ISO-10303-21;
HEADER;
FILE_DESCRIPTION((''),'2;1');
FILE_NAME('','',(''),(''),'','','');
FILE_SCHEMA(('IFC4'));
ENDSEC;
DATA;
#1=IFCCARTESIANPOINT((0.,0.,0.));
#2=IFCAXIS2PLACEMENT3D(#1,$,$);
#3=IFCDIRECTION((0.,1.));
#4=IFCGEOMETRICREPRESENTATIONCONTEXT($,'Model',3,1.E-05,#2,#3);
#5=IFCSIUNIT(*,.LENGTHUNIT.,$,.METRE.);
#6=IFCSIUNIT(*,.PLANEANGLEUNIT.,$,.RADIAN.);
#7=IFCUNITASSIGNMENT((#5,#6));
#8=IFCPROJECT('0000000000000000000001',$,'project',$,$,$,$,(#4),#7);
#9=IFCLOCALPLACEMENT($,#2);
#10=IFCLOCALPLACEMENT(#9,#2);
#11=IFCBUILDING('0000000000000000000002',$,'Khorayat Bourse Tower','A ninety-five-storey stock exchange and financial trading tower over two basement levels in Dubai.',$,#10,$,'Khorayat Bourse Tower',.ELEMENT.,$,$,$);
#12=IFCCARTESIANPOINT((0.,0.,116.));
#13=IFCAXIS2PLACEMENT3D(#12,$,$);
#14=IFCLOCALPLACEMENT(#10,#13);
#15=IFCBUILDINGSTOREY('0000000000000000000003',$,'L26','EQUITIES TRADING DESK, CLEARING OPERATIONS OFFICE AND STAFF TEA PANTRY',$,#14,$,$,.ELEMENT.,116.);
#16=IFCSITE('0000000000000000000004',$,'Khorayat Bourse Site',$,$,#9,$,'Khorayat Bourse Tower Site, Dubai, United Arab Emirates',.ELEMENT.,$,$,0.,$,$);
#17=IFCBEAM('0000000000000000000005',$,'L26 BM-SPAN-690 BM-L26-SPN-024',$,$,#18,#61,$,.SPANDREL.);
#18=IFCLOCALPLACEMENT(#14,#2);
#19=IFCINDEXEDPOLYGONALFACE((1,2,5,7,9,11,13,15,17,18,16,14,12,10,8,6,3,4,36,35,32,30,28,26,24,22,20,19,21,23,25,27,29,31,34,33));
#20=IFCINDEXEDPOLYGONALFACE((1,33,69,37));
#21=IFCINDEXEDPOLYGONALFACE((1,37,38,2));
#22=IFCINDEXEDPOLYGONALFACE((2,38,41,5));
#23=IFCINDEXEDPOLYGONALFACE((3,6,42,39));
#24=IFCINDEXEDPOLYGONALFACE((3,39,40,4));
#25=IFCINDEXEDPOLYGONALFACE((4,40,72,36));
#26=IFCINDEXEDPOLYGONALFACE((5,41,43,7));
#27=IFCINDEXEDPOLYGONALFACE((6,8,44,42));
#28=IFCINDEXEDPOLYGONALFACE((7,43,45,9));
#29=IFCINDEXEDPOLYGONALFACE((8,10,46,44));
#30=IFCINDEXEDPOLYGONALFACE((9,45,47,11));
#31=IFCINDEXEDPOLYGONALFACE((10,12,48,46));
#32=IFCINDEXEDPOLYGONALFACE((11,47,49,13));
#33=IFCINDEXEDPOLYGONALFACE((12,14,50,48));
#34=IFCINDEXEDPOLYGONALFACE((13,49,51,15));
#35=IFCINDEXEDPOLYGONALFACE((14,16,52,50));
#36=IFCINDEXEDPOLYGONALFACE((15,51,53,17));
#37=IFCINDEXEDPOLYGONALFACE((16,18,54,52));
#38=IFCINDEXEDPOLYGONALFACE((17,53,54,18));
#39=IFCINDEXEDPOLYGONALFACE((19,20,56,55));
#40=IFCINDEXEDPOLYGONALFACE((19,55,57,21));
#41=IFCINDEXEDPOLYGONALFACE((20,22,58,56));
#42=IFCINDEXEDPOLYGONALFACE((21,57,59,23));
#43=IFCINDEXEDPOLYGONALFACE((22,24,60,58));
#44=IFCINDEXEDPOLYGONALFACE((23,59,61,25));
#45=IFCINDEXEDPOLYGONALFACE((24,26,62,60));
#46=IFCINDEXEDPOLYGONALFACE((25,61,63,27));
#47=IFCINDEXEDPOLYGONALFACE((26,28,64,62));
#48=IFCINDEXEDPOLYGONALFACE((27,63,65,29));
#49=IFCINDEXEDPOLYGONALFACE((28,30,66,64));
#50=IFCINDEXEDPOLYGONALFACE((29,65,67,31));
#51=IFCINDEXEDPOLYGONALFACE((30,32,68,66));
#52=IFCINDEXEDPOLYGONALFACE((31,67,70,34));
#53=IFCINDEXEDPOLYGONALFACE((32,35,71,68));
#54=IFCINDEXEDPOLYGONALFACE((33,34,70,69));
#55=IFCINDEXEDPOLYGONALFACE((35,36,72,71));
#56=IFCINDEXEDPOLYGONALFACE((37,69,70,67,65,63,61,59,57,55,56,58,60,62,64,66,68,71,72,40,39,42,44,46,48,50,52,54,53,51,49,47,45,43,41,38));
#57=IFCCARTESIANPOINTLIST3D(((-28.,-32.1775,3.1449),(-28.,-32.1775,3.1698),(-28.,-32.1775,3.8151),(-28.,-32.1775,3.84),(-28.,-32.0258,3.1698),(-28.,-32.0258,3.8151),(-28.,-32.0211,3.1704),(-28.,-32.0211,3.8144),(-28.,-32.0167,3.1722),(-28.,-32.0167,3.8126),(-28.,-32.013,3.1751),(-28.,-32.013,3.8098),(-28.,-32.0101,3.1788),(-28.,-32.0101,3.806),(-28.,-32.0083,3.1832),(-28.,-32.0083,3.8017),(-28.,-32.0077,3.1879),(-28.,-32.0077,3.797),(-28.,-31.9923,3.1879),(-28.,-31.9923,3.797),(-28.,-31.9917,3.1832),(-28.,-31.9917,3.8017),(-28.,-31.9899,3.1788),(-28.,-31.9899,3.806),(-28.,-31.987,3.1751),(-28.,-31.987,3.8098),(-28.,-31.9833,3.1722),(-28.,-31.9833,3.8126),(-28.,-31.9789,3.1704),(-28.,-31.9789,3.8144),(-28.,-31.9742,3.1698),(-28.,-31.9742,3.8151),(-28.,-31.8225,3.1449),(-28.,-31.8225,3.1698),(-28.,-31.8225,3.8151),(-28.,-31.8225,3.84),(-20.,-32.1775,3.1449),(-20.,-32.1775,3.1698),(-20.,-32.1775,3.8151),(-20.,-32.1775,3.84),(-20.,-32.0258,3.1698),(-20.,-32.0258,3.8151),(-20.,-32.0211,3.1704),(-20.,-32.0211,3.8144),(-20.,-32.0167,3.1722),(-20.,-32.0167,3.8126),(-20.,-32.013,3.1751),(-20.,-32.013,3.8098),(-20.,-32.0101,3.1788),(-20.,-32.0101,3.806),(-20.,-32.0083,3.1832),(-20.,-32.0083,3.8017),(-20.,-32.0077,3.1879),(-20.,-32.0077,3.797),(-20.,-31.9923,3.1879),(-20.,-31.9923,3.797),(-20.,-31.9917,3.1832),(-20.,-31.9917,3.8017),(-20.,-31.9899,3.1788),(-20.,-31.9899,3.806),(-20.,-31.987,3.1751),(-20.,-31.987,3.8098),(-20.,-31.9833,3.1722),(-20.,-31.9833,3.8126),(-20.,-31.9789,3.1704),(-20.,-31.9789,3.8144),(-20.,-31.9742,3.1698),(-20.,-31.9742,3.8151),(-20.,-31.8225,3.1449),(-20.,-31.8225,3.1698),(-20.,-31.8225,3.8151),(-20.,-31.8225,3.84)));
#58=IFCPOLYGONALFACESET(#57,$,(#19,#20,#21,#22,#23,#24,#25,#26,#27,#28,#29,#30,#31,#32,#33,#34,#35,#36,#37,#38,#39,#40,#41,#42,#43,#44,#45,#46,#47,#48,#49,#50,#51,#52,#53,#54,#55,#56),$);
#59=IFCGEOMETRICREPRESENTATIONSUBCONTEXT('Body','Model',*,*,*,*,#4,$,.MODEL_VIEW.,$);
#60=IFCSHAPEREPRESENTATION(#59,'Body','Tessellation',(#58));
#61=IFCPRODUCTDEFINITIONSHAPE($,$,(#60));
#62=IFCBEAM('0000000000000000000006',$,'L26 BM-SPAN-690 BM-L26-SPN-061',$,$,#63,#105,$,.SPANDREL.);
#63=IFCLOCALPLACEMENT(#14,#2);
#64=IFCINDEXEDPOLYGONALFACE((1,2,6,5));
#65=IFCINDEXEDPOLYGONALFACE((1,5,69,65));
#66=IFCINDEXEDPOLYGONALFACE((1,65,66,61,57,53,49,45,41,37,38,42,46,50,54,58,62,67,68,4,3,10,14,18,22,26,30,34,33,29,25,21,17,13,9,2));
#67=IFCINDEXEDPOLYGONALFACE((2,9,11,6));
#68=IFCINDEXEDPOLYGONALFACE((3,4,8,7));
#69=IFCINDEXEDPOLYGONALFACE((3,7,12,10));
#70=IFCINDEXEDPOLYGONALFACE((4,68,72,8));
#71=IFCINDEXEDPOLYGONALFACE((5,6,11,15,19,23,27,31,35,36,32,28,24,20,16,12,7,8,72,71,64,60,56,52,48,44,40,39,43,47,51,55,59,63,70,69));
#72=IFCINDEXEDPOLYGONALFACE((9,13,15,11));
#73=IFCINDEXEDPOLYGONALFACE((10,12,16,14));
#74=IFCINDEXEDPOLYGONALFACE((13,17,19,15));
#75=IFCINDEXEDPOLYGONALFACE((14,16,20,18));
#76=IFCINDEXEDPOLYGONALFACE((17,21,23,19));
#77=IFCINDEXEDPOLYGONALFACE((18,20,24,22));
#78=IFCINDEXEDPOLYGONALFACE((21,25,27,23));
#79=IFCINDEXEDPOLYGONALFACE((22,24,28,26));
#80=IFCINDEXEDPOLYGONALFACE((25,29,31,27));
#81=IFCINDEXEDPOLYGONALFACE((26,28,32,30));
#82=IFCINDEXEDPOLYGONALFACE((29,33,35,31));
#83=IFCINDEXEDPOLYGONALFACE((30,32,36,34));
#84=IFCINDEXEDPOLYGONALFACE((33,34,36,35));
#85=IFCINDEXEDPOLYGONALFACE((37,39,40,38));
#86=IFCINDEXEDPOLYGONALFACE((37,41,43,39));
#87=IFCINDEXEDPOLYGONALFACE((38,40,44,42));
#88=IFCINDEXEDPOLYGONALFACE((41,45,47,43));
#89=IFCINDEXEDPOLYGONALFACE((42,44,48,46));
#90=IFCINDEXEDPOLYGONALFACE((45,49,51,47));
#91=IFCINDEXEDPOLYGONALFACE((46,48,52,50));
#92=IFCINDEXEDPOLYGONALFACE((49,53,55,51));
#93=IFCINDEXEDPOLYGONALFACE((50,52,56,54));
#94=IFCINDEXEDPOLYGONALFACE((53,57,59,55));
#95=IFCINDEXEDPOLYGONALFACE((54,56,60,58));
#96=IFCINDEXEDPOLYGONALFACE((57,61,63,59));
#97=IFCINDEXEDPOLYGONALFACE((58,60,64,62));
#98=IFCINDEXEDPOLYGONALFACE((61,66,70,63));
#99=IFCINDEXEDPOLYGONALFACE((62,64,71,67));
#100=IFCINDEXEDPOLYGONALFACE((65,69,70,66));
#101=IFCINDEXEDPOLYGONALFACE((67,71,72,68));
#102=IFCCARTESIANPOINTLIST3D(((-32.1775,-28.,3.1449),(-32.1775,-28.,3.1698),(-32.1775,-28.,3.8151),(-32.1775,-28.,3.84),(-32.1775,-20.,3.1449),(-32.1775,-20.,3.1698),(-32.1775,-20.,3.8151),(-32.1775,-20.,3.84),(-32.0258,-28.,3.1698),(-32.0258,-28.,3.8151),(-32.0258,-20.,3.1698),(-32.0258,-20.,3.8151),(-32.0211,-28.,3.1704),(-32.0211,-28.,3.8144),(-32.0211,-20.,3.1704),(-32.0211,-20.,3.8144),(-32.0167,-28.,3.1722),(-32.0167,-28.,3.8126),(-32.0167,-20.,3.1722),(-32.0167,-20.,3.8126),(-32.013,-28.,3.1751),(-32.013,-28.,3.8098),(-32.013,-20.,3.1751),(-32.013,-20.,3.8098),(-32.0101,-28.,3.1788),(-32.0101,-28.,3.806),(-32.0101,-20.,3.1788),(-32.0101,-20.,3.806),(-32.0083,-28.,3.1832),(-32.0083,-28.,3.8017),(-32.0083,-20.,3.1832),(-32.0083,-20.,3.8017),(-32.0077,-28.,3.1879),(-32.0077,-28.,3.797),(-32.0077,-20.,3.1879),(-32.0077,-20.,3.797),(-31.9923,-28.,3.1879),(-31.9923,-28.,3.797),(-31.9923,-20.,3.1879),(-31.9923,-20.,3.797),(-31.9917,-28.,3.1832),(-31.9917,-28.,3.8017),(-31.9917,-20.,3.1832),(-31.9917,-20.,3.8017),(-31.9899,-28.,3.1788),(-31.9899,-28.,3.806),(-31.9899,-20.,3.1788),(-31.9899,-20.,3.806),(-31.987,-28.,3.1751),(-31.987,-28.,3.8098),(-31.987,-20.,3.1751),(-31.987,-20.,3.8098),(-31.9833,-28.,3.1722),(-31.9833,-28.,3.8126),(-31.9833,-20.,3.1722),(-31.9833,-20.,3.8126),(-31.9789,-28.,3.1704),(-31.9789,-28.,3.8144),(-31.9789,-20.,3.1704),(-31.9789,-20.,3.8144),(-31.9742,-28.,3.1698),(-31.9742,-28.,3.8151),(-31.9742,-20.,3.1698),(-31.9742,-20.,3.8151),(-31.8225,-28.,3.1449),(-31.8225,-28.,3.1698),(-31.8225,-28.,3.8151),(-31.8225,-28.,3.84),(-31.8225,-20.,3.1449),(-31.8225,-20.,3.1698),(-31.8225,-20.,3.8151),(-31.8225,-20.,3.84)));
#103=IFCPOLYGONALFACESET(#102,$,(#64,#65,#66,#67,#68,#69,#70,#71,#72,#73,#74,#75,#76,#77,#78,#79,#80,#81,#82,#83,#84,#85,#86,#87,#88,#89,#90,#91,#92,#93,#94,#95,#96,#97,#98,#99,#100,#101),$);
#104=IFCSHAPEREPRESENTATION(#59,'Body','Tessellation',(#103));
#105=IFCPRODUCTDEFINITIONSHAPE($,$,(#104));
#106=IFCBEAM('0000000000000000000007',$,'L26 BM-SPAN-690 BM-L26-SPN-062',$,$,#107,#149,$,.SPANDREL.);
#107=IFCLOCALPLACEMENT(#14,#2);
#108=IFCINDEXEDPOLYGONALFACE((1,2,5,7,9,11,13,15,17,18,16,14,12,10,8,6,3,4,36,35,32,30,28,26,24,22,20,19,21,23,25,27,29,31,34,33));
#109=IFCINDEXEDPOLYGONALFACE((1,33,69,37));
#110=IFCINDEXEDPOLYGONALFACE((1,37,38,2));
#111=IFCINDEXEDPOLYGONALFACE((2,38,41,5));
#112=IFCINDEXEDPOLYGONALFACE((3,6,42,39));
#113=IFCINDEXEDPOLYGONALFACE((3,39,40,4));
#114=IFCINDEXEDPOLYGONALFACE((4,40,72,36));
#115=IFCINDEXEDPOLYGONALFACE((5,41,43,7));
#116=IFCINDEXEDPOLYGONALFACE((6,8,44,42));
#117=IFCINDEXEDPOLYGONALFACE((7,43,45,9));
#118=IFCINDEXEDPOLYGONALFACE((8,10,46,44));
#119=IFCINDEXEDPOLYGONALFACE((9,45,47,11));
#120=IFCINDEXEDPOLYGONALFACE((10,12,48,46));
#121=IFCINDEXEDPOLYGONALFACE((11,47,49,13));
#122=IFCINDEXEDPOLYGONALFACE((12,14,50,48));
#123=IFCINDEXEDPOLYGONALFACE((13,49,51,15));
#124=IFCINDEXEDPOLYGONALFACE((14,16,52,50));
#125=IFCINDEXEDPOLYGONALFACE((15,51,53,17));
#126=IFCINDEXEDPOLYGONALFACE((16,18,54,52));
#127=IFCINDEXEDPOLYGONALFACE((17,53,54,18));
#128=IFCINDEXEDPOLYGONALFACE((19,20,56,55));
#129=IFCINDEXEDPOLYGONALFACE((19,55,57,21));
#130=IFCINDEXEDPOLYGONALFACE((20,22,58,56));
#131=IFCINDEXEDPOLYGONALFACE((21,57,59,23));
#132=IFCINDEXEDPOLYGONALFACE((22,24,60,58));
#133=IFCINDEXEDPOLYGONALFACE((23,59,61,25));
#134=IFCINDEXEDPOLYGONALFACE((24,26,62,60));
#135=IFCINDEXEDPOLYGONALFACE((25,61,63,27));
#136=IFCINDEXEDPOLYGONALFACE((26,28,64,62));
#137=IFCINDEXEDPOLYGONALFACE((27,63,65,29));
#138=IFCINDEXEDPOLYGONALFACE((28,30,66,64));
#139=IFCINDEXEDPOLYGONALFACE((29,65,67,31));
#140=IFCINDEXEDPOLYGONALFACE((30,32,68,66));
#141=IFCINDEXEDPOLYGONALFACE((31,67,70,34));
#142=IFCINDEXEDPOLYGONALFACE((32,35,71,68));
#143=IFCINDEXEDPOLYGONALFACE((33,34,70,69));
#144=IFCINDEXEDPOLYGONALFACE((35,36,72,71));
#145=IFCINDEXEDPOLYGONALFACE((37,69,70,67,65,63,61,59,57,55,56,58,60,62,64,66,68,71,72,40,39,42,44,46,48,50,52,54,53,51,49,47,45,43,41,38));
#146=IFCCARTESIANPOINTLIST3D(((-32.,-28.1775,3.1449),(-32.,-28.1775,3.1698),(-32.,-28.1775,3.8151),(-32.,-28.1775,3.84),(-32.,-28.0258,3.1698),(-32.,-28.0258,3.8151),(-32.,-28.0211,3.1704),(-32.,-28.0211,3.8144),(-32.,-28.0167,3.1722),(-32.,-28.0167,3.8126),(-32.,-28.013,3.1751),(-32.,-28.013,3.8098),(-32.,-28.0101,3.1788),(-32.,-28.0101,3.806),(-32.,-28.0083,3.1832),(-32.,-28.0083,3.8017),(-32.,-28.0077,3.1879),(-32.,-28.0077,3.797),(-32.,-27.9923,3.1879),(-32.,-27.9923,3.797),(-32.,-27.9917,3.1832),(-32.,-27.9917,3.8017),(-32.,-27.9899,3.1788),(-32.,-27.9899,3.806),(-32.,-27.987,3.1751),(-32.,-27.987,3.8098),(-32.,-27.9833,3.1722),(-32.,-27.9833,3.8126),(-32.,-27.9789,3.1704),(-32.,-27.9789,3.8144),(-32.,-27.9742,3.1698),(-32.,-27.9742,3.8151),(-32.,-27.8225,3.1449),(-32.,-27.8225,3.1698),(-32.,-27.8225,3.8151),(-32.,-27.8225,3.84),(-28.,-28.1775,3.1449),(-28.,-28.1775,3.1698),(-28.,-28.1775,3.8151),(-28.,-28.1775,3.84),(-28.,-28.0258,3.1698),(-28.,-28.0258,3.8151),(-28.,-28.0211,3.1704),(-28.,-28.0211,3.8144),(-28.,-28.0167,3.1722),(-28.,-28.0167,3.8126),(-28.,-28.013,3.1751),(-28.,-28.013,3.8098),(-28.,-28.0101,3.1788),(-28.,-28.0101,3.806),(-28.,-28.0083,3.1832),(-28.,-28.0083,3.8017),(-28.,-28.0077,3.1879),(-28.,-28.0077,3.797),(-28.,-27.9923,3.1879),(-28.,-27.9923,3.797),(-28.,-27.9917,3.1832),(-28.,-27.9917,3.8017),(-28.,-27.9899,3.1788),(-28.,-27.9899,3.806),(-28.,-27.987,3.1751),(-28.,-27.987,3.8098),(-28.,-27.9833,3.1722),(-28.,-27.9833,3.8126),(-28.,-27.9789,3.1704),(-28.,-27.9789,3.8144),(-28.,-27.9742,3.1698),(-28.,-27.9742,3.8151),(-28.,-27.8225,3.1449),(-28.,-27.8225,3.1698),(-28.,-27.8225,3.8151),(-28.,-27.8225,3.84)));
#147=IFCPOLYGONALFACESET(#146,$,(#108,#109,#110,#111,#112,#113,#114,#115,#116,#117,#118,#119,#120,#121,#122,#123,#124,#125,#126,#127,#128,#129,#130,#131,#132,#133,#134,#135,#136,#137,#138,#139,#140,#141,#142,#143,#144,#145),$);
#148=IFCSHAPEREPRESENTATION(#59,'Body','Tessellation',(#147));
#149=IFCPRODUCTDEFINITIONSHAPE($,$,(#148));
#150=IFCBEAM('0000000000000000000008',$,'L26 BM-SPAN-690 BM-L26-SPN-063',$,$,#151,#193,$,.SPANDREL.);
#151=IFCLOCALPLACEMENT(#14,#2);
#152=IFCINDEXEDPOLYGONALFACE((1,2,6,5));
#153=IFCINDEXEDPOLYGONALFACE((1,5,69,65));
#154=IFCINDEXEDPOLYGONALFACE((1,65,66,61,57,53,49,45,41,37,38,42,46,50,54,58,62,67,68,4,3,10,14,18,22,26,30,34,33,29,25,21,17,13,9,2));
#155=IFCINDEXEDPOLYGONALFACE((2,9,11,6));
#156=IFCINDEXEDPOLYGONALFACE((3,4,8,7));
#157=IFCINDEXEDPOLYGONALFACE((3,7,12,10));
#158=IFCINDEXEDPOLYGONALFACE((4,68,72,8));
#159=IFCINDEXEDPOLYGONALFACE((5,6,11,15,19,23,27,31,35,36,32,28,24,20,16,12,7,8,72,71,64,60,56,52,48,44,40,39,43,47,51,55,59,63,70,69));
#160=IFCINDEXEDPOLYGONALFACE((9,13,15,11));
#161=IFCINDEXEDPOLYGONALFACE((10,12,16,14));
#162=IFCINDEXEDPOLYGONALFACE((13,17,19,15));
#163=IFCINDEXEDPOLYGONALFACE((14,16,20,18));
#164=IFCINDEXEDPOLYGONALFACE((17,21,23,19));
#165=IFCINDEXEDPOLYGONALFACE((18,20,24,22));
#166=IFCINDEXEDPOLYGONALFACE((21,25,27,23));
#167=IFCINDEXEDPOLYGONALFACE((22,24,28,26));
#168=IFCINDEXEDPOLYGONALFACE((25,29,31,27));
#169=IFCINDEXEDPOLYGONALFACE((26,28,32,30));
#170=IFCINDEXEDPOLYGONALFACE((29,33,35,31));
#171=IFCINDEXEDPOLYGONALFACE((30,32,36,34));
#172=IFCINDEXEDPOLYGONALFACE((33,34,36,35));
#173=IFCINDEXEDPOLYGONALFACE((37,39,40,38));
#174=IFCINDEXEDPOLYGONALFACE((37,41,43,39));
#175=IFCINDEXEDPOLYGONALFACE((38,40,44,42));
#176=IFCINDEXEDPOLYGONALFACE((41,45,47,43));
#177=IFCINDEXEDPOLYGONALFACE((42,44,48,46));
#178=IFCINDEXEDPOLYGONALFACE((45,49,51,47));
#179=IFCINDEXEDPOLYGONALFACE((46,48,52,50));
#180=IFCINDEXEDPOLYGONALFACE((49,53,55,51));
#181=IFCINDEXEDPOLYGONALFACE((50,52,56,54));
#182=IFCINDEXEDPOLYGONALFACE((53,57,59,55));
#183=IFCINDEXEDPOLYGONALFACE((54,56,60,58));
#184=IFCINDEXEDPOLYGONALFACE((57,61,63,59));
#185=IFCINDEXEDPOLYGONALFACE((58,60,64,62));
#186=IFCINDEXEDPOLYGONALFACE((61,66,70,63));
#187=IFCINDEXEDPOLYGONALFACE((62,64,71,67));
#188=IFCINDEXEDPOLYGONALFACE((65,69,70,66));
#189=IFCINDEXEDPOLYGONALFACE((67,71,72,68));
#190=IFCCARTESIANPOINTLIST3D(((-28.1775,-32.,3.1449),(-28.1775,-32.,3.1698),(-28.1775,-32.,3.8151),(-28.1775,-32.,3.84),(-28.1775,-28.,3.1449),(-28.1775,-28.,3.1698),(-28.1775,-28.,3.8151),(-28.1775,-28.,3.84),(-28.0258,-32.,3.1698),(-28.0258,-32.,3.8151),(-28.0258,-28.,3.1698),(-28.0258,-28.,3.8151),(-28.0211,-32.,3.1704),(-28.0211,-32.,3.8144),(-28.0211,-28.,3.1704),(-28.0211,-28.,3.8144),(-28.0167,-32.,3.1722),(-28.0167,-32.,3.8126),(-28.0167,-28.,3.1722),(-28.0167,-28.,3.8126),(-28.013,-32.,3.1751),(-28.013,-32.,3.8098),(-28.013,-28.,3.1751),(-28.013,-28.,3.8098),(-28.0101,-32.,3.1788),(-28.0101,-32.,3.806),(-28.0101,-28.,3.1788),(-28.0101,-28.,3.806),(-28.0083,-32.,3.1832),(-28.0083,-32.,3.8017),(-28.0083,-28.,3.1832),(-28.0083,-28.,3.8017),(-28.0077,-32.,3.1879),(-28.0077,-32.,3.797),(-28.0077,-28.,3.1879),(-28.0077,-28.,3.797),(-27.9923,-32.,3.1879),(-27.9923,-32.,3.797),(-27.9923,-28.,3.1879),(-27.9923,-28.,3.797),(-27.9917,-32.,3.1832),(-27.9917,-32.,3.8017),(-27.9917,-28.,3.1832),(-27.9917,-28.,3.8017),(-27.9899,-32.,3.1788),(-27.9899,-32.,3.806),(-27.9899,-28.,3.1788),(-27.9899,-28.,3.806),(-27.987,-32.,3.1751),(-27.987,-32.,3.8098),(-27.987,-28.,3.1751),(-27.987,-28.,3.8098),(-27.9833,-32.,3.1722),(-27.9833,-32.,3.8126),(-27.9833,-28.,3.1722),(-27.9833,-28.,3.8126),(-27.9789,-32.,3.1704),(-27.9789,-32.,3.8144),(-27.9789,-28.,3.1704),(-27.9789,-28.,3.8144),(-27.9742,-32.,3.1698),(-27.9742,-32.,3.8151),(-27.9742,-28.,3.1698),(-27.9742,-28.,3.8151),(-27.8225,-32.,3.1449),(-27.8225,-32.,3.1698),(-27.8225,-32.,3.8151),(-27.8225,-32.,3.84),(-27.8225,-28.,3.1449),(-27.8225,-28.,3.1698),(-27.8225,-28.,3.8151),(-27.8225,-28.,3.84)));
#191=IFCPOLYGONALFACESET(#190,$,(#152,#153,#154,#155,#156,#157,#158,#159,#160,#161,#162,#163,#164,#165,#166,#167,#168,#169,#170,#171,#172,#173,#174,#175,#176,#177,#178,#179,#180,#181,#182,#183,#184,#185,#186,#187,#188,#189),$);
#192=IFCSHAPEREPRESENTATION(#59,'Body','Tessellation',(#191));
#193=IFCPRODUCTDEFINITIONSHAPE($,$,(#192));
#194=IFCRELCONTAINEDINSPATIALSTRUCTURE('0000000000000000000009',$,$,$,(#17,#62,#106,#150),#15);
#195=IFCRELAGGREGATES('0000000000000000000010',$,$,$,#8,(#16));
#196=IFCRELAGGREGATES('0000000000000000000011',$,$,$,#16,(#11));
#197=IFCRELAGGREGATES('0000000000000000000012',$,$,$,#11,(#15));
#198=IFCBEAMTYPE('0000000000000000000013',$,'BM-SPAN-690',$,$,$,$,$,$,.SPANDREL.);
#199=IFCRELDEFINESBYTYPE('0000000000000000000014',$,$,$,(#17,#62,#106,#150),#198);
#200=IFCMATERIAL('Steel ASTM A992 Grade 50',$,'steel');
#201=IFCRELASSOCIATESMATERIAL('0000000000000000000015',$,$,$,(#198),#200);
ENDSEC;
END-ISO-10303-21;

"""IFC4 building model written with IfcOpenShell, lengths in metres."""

from ifc_helpers import new_model, si_unit, direction, frame, origin, origin_2d, place, context, subcontext, project, spatial, i_section, extrude, source, transform, mapped, material, material_profile, profile_set, type_object, element, save


model = new_model("IFC4")

# Units and contexts
model_context = context("Model", 3, precision=1e-05, world=origin(), true_north=direction((0.0, 1.0)))
body_context = subcontext(model_context, "Body", "Model", "MODEL_VIEW")
ifc_project = project(units=[si_unit("LENGTHUNIT", "METRE"), si_unit("PLANEANGLEUNIT", "RADIAN")], contexts=[model_context])

# Site, building, storey
site_placement = place(None, origin())
site = spatial("IfcSite", under=ifc_project, at=site_placement, Name="Khorayat Bourse Site", LongName="Khorayat Bourse Tower Site, Dubai, United Arab Emirates", CompositionType="ELEMENT", RefElevation=0.0)
building_placement = place(site_placement, origin())
building = spatial("IfcBuilding", under=site, at=building_placement, Name="Khorayat Bourse Tower", Description="A ninety-five-storey stock exchange and financial trading tower over two basement levels in Dubai.", LongName="Khorayat Bourse Tower", CompositionType="ELEMENT")
storey_placement = place(building_placement, frame((0.0, 0.0, 116.0)))
storey = spatial("IfcBuildingStorey", under=building, at=storey_placement, Name="L26", Description="EQUITIES TRADING DESK, CLEARING OPERATIONS OFFICE AND STAFF TEA PANTRY", CompositionType="ELEMENT", Elevation=116.0)

# Beams
ifc_material_1 = material(Name="Steel ASTM A992 Grade 50", Category="steel")
ifc_material_profile_1 = material_profile(ifc_material_1, i_section(OverallWidth=0.355, OverallDepth=0.6951, WebThickness=0.0154, FlangeThickness=0.0249, FilletRadius=0.0181, at=origin_2d()), Name="W690X217")
ifc_profile_set_1 = profile_set([ifc_material_profile_1], Name="Steel ASTM A992 Grade 50")
beam_type_1 = type_object("IfcBeamType", Name="BM-SPAN-690", PredefinedType="SPANDREL", material=ifc_profile_set_1)
shared_shape_1 = source(origin(), body_context, "Body", "SweptSolid", [
    extrude(i_section(OverallWidth=0.355, OverallDepth=0.6951, WebThickness=0.0154, FlangeThickness=0.0249, FilletRadius=0.0181, at=origin_2d()), origin(), (0.0, 0.0, 1.0), 8.0),
])
for number, where, z_axis, x_axis, name in (
    (1, (-28.0, -32.0, 3.4924), (1.0, 0.0, 0.0), (0.0, 1.0, 0.0), "L26 BM-SPAN-690 BM-L26-SPN-024"),
    (2, (-32.0, -28.0, 3.4924), (0.0, 1.0, 0.0), (-1.0, 0.0, 0.0), "L26 BM-SPAN-690 BM-L26-SPN-061"),
):
    element("IfcBeam", number, at=place(storey_placement, frame(where, z_axis=z_axis, x_axis=x_axis)), inside=storey, type_object=beam_type_1, Name=name, PredefinedType="SPANDREL", context=body_context, shape_type="MappedRepresentation", body=[
        mapped(shared_shape_1, transform((0.0, 0.0, 0.0), scale=1.0)),
    ])
shared_shape_2 = source(origin(), body_context, "Body", "SweptSolid", [
    extrude(i_section(OverallWidth=0.355, OverallDepth=0.6951, WebThickness=0.0154, FlangeThickness=0.0249, FilletRadius=0.0181, at=origin_2d()), origin(), (0.0, 0.0, 1.0), 4.0),
])
for number, where, z_axis, x_axis, name in (
    (3, (-32.0, -28.0, 3.4924), (1.0, 0.0, 0.0), (0.0, 1.0, 0.0), "L26 BM-SPAN-690 BM-L26-SPN-062"),
    (4, (-28.0, -32.0, 3.4924), (0.0, 1.0, 0.0), (-1.0, 0.0, 0.0), "L26 BM-SPAN-690 BM-L26-SPN-063"),
):
    element("IfcBeam", number, at=place(storey_placement, frame(where, z_axis=z_axis, x_axis=x_axis)), inside=storey, type_object=beam_type_1, Name=name, PredefinedType="SPANDREL", context=body_context, shape_type="MappedRepresentation", body=[
        mapped(shared_shape_2, transform((0.0, 0.0, 0.0), scale=1.0)),
    ])

save(model, "model.ifc")
